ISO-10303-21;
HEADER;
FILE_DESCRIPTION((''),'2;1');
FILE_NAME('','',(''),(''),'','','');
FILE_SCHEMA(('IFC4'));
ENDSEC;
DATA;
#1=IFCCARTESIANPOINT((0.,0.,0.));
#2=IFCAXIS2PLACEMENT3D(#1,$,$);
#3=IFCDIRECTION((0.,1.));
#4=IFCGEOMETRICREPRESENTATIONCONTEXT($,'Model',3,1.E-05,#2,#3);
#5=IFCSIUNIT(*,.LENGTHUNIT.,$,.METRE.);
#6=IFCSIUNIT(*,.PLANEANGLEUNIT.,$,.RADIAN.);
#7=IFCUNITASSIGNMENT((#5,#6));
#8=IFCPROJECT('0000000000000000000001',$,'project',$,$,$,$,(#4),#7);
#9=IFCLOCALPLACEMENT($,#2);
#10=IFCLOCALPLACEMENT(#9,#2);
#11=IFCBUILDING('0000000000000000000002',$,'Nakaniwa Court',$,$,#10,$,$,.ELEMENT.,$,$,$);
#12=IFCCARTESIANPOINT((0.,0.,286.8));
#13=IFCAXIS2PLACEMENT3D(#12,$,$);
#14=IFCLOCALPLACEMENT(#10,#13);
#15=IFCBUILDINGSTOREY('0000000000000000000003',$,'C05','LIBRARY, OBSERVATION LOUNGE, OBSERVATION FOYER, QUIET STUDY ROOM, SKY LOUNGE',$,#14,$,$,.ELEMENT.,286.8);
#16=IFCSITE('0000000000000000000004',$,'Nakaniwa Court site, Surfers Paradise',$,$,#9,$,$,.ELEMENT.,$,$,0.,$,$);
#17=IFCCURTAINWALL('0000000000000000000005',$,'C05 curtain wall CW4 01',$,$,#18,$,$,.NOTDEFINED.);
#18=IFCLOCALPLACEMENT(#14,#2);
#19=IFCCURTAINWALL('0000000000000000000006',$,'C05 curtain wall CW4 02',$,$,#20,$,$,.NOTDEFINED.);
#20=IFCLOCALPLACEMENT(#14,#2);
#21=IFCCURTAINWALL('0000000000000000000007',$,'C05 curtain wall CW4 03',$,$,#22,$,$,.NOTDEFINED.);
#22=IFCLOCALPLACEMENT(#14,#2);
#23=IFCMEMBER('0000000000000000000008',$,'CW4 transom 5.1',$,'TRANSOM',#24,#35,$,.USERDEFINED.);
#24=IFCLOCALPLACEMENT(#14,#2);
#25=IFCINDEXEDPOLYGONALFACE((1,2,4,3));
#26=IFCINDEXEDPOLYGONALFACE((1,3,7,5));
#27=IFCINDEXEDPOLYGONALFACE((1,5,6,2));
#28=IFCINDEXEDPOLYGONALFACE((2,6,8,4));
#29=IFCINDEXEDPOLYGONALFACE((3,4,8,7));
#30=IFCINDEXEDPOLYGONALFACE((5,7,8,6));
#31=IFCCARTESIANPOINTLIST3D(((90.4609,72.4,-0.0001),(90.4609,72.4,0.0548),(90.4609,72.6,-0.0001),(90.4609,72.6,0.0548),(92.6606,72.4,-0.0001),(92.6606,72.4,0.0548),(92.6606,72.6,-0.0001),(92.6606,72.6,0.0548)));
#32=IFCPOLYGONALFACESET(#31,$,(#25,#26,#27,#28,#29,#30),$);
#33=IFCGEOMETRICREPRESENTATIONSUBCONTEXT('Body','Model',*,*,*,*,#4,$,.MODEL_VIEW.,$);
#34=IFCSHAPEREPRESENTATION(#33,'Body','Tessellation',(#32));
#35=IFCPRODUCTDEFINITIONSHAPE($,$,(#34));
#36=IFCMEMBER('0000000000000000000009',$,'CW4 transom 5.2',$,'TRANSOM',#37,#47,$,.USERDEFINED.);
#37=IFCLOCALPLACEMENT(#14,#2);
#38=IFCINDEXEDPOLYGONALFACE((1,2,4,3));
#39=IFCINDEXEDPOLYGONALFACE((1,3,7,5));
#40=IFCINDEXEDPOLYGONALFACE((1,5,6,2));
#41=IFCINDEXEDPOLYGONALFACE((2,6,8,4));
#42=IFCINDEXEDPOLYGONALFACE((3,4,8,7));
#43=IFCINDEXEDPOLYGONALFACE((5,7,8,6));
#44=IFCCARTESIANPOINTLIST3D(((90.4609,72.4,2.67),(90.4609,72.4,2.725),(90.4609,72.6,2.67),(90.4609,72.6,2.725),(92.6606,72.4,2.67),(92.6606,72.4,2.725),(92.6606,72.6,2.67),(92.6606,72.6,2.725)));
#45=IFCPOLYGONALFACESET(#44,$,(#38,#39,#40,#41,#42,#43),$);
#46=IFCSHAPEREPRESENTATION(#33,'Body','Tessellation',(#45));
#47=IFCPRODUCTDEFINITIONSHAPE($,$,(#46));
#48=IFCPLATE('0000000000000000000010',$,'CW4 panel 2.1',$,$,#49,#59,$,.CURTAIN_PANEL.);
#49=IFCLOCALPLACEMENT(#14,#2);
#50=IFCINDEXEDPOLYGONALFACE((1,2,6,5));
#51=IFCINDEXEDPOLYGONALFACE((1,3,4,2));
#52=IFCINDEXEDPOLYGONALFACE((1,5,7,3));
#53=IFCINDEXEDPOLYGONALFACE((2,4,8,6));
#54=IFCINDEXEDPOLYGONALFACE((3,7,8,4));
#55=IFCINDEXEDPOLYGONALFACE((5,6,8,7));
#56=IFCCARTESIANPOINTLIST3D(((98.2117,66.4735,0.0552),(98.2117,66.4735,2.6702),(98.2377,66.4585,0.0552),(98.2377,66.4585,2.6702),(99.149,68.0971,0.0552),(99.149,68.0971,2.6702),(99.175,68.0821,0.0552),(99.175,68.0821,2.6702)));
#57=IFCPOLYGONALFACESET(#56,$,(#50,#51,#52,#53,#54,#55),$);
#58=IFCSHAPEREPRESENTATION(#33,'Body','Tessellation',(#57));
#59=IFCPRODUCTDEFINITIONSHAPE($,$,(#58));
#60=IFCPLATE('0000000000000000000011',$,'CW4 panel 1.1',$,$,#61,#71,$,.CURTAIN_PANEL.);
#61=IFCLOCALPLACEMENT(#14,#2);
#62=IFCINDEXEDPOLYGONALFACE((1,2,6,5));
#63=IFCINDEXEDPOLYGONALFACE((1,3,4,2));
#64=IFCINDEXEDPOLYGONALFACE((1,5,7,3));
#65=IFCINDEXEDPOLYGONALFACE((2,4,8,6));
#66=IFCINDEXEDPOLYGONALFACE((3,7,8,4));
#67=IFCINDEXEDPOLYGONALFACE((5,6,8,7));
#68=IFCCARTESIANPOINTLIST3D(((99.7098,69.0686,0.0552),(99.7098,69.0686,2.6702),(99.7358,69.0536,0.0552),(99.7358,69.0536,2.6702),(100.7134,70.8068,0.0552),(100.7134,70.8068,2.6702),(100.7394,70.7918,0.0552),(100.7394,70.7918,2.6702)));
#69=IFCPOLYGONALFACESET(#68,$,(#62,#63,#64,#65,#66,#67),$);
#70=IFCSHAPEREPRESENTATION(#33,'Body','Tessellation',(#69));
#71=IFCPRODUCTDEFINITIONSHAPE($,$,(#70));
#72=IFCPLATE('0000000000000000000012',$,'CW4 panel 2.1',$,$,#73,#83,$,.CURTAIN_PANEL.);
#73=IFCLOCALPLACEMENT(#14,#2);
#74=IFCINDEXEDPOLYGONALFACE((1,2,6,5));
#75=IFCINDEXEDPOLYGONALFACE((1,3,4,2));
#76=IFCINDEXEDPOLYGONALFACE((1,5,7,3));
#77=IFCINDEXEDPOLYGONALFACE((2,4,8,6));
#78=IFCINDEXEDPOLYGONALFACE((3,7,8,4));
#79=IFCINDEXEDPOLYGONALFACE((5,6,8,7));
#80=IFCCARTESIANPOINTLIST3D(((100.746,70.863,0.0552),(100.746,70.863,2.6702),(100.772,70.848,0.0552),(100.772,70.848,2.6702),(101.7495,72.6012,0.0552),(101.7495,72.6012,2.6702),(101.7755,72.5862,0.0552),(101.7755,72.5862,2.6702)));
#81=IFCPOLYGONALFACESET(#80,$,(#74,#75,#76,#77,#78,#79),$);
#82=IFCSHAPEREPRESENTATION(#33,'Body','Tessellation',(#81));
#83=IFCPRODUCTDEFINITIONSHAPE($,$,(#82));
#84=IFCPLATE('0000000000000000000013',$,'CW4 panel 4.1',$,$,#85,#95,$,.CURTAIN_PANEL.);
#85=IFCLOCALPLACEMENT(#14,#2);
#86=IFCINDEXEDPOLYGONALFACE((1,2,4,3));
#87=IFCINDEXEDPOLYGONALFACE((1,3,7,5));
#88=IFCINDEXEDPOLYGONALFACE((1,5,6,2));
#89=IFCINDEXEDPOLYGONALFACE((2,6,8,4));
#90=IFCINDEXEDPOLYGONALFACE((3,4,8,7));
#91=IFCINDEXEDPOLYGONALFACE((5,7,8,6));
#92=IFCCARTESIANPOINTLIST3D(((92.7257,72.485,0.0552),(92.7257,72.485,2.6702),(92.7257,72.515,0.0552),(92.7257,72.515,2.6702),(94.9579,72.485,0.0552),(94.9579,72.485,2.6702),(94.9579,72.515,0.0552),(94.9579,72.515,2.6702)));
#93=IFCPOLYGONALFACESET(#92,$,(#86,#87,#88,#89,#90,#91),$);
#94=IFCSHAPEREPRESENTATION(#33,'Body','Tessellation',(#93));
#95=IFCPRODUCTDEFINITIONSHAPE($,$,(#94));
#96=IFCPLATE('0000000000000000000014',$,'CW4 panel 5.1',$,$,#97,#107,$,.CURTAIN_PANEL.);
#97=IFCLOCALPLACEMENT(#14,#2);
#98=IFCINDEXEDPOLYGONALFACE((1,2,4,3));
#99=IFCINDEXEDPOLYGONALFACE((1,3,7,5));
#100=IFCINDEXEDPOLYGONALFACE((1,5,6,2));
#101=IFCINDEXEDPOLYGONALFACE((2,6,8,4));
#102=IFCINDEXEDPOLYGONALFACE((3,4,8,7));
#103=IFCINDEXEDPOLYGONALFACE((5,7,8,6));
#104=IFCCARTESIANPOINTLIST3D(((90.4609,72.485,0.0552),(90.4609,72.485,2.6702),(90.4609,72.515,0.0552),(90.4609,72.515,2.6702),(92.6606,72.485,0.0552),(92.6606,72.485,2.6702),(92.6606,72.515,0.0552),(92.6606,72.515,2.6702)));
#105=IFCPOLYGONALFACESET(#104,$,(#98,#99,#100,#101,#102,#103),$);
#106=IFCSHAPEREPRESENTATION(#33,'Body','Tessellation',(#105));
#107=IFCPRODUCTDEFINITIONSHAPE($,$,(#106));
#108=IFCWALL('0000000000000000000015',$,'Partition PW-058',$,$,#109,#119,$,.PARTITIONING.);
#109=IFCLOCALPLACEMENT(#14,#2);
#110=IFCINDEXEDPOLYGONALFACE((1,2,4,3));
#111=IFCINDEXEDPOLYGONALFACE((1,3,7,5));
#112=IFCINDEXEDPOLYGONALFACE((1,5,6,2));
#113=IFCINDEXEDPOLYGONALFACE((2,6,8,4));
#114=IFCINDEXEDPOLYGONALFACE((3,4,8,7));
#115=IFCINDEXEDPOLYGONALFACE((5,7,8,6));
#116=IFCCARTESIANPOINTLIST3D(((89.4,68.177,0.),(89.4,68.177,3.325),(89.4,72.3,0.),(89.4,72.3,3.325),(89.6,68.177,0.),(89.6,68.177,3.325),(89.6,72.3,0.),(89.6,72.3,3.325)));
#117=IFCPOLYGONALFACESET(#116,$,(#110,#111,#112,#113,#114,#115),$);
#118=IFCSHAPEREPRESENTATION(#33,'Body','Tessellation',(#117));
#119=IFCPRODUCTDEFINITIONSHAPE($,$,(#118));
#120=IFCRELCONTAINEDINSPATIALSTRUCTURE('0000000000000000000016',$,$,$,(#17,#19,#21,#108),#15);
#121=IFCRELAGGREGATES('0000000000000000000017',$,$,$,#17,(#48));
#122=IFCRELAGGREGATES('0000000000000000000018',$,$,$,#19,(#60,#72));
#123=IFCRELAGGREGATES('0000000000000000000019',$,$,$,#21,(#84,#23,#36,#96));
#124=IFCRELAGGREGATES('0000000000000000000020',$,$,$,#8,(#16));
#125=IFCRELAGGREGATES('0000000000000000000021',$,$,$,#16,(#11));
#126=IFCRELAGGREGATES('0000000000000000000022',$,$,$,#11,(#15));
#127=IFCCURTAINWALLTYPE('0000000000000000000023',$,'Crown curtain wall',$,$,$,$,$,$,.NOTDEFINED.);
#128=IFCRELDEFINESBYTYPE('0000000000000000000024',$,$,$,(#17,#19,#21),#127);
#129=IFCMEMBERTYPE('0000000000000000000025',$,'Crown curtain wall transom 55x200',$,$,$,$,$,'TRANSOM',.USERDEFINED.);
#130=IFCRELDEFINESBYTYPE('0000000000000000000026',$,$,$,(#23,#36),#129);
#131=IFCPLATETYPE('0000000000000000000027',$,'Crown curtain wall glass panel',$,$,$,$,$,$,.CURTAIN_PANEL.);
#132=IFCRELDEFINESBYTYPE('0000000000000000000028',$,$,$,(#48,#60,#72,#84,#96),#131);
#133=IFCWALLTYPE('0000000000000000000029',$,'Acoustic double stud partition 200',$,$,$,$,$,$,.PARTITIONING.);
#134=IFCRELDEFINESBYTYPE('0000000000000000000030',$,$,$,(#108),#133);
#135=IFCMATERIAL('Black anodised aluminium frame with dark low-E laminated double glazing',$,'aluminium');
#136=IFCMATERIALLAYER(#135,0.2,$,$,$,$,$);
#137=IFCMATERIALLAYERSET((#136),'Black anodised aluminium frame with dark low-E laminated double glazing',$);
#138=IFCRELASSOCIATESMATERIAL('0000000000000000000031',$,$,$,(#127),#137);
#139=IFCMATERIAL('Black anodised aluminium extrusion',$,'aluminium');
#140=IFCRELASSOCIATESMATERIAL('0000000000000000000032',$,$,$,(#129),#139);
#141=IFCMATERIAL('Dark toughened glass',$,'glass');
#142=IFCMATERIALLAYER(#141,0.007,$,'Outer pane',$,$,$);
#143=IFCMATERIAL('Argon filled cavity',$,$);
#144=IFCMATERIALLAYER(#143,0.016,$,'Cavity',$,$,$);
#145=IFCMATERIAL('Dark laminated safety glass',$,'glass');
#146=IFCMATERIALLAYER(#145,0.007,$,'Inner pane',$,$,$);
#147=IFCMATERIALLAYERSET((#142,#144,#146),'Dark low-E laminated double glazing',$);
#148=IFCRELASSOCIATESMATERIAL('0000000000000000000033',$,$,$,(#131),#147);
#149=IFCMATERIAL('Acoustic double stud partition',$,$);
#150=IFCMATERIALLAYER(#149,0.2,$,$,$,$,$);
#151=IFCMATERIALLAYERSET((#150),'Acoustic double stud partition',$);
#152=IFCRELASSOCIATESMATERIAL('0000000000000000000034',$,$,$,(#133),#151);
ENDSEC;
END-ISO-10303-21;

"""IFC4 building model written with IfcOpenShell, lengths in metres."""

from ifc_helpers import new_model, si_unit, direction, frame, frame_2d, origin, origin_2d, place, context, subcontext, project, spatial, rectangle, extrude, material, layer, layer_set, material_profile, profile_set, type_object, element, aggregate, save


model = new_model("IFC4")

# Units and contexts
model_context = context("Model", 3, precision=1e-05, world=origin(), true_north=direction((0.0, 1.0)))
body_context = subcontext(model_context, "Body", "Model", "MODEL_VIEW")
ifc_project = project(units=[si_unit("LENGTHUNIT", "METRE"), si_unit("PLANEANGLEUNIT", "RADIAN")], contexts=[model_context])

# Site, building, storey
site_placement = place(None, origin())
site = spatial("IfcSite", under=ifc_project, at=site_placement, Name="Nakaniwa Court site, Surfers Paradise", CompositionType="ELEMENT", RefElevation=0.0)
building_placement = place(site_placement, origin())
building = spatial("IfcBuilding", under=site, at=building_placement, Name="Nakaniwa Court", CompositionType="ELEMENT")
storey_placement = place(building_placement, frame((0.0, 0.0, 286.8)))
storey = spatial("IfcBuildingStorey", under=building, at=storey_placement, Name="C05", Description="LIBRARY, OBSERVATION LOUNGE, OBSERVATION FOYER, QUIET STUDY ROOM, SKY LOUNGE", CompositionType="ELEMENT", Elevation=286.8)

# Curtain wall
ifc_material_1 = material(Name="Black anodised aluminium frame with dark low-E laminated double glazing", Category="aluminium")
ifc_layer_1 = layer(ifc_material_1, 0.2)
ifc_layer_set_1 = layer_set([ifc_layer_1], Name="Black anodised aluminium frame with dark low-E laminated double glazing")
curtain_wall_type = type_object("IfcCurtainWallType", Name="Crown curtain wall", PredefinedType="NOTDEFINED", material=ifc_layer_set_1)
curtain_wall_1_placement = place(storey_placement, origin())
curtain_wall_1 = element("IfcCurtainWall", 1, at=curtain_wall_1_placement, inside=storey, type_object=curtain_wall_type, Name="C05 curtain wall CW4 01", PredefinedType="NOTDEFINED")
ifc_material_2 = material(Name="Black anodised aluminium extrusion", Category="aluminium")

# Curtain walls
curtain_wall_2_placement = place(storey_placement, origin())
curtain_wall_2 = element("IfcCurtainWall", 2, at=curtain_wall_2_placement, inside=storey, type_object=curtain_wall_type, Name="C05 curtain wall CW4 02", PredefinedType="NOTDEFINED")
curtain_wall_3_placement = place(storey_placement, origin())
curtain_wall_3 = element("IfcCurtainWall", 3, at=curtain_wall_3_placement, inside=storey, type_object=curtain_wall_type, Name="C05 curtain wall CW4 03", PredefinedType="NOTDEFINED")

# Members
ifc_material_profile_1 = material_profile(ifc_material_2, rectangle(XDim=0.2, YDim=0.0549, at=origin_2d()), Name="Crown curtain wall transom 55x200")
ifc_profile_set_1 = profile_set([ifc_material_profile_1], Name="Black anodised aluminium extrusion")
member_type_1 = type_object("IfcMemberType", Name="Crown curtain wall transom 55x200", ElementType="TRANSOM", PredefinedType="USERDEFINED", material=ifc_profile_set_1)
member_1_placement = place(storey_placement, frame((92.6606, 72.5, 0.0273), z_axis=(-1.0, 0.0, 0.0), x_axis=(0.0, -1.0, 0.0)))
member_1 = element("IfcMember", 4, at=member_1_placement, type_object=member_type_1, Name="CW4 transom 5.1", ObjectType="TRANSOM", PredefinedType="USERDEFINED", context=body_context, shape_type="SweptSolid", body=[
    extrude(rectangle(XDim=0.2, YDim=0.0549, at=origin_2d()), origin(), (0.0, 0.0, 1.0), 2.1997),
])
member_2_placement = place(storey_placement, frame((92.6606, 72.5, 2.6975), z_axis=(-1.0, 0.0, 0.0), x_axis=(0.0, -1.0, 0.0)))
member_2 = element("IfcMember", 5, at=member_2_placement, type_object=member_type_1, Name="CW4 transom 5.2", ObjectType="TRANSOM", PredefinedType="USERDEFINED", context=body_context, shape_type="SweptSolid", body=[
    extrude(rectangle(XDim=0.2, YDim=0.0549, at=origin_2d()), origin(), (0.0, 0.0, 1.0), 2.1997),
])

# Plates
ifc_material_3 = material(Name="Dark toughened glass", Category="glass")
ifc_layer_2 = layer(ifc_material_3, 0.007, Name="Outer pane")
ifc_material_4 = material(Name="Argon filled cavity")
ifc_layer_3 = layer(ifc_material_4, 0.016, Name="Cavity")
ifc_material_5 = material(Name="Dark laminated safety glass", Category="glass")
ifc_layer_4 = layer(ifc_material_5, 0.007, Name="Inner pane")
ifc_layer_set_2 = layer_set([ifc_layer_2, ifc_layer_3, ifc_layer_4], Name="Dark low-E laminated double glazing")
plate_type = type_object("IfcPlateType", Name="Crown curtain wall glass panel", PredefinedType="CURTAIN_PANEL", material=ifc_layer_set_2)
plate_1_placement = place(storey_placement, frame((98.6934, 67.2778, 0.0552), z_axis=(0.0, 0.0, 1.0), x_axis=(0.499987, 0.866033, 0.0)))
plate_1 = element("IfcPlate", 6, at=plate_1_placement, type_object=plate_type, Name="CW4 panel 2.1", PredefinedType="CURTAIN_PANEL", context=body_context, shape_type="SweptSolid", body=[
    extrude(rectangle(XDim=1.8748, YDim=0.03, at=origin_2d()), origin(), (0.0, 0.0, 1.0), 2.615),
])
aggregate(curtain_wall_1, [plate_1])
plate_2_placement = place(storey_placement, frame((100.2246, 69.9302, 0.0552), z_axis=(0.0, 0.0, 1.0), x_axis=(0.500008, 0.866021, 0.0)))
plate_2 = element("IfcPlate", 7, at=plate_2_placement, type_object=plate_type, Name="CW4 panel 1.1", PredefinedType="CURTAIN_PANEL", context=body_context, shape_type="SweptSolid", body=[
    extrude(rectangle(XDim=2.0071, YDim=0.03, at=origin_2d()), origin(), (0.0, 0.0, 1.0), 2.615),
])
plate_3_placement = place(storey_placement, frame((101.2607, 71.7246, 0.0552), z_axis=(0.0, 0.0, 1.0), x_axis=(0.500008, 0.866021, 0.0)))
plate_3 = element("IfcPlate", 8, at=plate_3_placement, type_object=plate_type, Name="CW4 panel 2.1", PredefinedType="CURTAIN_PANEL", context=body_context, shape_type="SweptSolid", body=[
    extrude(rectangle(XDim=2.0071, YDim=0.03, at=origin_2d()), origin(), (0.0, 0.0, 1.0), 2.615),
])
aggregate(curtain_wall_2, [plate_2, plate_3])
plate_4_placement = place(storey_placement, frame((93.8418, 72.5, 0.0552), z_axis=(0.0, 0.0, 1.0), x_axis=(-1.0, 0.0, 0.0)))
plate_4 = element("IfcPlate", 9, at=plate_4_placement, type_object=plate_type, Name="CW4 panel 4.1", PredefinedType="CURTAIN_PANEL", context=body_context, shape_type="SweptSolid", body=[
    extrude(rectangle(XDim=2.2322, YDim=0.03, at=origin_2d()), origin(), (0.0, 0.0, 1.0), 2.615),
])
plate_5_placement = place(storey_placement, frame((91.5608, 72.5, 0.0552), z_axis=(0.0, 0.0, 1.0), x_axis=(-1.0, 0.0, 0.0)))
plate_5 = element("IfcPlate", 10, at=plate_5_placement, type_object=plate_type, Name="CW4 panel 5.1", PredefinedType="CURTAIN_PANEL", context=body_context, shape_type="SweptSolid", body=[
    extrude(rectangle(XDim=2.1997, YDim=0.03, at=origin_2d()), origin(), (0.0, 0.0, 1.0), 2.615),
])
aggregate(curtain_wall_3, [plate_4, member_1, member_2, plate_5])

# Wall
ifc_material_6 = material(Name="Acoustic double stud partition")
ifc_layer_5 = layer(ifc_material_6, 0.2)
ifc_layer_set_3 = layer_set([ifc_layer_5], Name="Acoustic double stud partition")
wall_type = type_object("IfcWallType", Name="Acoustic double stud partition 200", PredefinedType="PARTITIONING", material=ifc_layer_set_3)
wall_placement = place(storey_placement, frame((89.5, 68.177, 0.0), z_axis=(0.0, 0.0, 1.0), x_axis=(0.0, 1.0, 0.0)))
element("IfcWall", 11, at=wall_placement, inside=storey, type_object=wall_type, Name="Partition PW-058", PredefinedType="PARTITIONING", context=body_context, shape_type="SweptSolid", body=[
    extrude(rectangle(XDim=4.123, YDim=0.2, at=frame_2d((2.0615, 0.0))), origin(), (0.0, 0.0, 1.0), 3.325),
])

save(model, "model.ifc")
